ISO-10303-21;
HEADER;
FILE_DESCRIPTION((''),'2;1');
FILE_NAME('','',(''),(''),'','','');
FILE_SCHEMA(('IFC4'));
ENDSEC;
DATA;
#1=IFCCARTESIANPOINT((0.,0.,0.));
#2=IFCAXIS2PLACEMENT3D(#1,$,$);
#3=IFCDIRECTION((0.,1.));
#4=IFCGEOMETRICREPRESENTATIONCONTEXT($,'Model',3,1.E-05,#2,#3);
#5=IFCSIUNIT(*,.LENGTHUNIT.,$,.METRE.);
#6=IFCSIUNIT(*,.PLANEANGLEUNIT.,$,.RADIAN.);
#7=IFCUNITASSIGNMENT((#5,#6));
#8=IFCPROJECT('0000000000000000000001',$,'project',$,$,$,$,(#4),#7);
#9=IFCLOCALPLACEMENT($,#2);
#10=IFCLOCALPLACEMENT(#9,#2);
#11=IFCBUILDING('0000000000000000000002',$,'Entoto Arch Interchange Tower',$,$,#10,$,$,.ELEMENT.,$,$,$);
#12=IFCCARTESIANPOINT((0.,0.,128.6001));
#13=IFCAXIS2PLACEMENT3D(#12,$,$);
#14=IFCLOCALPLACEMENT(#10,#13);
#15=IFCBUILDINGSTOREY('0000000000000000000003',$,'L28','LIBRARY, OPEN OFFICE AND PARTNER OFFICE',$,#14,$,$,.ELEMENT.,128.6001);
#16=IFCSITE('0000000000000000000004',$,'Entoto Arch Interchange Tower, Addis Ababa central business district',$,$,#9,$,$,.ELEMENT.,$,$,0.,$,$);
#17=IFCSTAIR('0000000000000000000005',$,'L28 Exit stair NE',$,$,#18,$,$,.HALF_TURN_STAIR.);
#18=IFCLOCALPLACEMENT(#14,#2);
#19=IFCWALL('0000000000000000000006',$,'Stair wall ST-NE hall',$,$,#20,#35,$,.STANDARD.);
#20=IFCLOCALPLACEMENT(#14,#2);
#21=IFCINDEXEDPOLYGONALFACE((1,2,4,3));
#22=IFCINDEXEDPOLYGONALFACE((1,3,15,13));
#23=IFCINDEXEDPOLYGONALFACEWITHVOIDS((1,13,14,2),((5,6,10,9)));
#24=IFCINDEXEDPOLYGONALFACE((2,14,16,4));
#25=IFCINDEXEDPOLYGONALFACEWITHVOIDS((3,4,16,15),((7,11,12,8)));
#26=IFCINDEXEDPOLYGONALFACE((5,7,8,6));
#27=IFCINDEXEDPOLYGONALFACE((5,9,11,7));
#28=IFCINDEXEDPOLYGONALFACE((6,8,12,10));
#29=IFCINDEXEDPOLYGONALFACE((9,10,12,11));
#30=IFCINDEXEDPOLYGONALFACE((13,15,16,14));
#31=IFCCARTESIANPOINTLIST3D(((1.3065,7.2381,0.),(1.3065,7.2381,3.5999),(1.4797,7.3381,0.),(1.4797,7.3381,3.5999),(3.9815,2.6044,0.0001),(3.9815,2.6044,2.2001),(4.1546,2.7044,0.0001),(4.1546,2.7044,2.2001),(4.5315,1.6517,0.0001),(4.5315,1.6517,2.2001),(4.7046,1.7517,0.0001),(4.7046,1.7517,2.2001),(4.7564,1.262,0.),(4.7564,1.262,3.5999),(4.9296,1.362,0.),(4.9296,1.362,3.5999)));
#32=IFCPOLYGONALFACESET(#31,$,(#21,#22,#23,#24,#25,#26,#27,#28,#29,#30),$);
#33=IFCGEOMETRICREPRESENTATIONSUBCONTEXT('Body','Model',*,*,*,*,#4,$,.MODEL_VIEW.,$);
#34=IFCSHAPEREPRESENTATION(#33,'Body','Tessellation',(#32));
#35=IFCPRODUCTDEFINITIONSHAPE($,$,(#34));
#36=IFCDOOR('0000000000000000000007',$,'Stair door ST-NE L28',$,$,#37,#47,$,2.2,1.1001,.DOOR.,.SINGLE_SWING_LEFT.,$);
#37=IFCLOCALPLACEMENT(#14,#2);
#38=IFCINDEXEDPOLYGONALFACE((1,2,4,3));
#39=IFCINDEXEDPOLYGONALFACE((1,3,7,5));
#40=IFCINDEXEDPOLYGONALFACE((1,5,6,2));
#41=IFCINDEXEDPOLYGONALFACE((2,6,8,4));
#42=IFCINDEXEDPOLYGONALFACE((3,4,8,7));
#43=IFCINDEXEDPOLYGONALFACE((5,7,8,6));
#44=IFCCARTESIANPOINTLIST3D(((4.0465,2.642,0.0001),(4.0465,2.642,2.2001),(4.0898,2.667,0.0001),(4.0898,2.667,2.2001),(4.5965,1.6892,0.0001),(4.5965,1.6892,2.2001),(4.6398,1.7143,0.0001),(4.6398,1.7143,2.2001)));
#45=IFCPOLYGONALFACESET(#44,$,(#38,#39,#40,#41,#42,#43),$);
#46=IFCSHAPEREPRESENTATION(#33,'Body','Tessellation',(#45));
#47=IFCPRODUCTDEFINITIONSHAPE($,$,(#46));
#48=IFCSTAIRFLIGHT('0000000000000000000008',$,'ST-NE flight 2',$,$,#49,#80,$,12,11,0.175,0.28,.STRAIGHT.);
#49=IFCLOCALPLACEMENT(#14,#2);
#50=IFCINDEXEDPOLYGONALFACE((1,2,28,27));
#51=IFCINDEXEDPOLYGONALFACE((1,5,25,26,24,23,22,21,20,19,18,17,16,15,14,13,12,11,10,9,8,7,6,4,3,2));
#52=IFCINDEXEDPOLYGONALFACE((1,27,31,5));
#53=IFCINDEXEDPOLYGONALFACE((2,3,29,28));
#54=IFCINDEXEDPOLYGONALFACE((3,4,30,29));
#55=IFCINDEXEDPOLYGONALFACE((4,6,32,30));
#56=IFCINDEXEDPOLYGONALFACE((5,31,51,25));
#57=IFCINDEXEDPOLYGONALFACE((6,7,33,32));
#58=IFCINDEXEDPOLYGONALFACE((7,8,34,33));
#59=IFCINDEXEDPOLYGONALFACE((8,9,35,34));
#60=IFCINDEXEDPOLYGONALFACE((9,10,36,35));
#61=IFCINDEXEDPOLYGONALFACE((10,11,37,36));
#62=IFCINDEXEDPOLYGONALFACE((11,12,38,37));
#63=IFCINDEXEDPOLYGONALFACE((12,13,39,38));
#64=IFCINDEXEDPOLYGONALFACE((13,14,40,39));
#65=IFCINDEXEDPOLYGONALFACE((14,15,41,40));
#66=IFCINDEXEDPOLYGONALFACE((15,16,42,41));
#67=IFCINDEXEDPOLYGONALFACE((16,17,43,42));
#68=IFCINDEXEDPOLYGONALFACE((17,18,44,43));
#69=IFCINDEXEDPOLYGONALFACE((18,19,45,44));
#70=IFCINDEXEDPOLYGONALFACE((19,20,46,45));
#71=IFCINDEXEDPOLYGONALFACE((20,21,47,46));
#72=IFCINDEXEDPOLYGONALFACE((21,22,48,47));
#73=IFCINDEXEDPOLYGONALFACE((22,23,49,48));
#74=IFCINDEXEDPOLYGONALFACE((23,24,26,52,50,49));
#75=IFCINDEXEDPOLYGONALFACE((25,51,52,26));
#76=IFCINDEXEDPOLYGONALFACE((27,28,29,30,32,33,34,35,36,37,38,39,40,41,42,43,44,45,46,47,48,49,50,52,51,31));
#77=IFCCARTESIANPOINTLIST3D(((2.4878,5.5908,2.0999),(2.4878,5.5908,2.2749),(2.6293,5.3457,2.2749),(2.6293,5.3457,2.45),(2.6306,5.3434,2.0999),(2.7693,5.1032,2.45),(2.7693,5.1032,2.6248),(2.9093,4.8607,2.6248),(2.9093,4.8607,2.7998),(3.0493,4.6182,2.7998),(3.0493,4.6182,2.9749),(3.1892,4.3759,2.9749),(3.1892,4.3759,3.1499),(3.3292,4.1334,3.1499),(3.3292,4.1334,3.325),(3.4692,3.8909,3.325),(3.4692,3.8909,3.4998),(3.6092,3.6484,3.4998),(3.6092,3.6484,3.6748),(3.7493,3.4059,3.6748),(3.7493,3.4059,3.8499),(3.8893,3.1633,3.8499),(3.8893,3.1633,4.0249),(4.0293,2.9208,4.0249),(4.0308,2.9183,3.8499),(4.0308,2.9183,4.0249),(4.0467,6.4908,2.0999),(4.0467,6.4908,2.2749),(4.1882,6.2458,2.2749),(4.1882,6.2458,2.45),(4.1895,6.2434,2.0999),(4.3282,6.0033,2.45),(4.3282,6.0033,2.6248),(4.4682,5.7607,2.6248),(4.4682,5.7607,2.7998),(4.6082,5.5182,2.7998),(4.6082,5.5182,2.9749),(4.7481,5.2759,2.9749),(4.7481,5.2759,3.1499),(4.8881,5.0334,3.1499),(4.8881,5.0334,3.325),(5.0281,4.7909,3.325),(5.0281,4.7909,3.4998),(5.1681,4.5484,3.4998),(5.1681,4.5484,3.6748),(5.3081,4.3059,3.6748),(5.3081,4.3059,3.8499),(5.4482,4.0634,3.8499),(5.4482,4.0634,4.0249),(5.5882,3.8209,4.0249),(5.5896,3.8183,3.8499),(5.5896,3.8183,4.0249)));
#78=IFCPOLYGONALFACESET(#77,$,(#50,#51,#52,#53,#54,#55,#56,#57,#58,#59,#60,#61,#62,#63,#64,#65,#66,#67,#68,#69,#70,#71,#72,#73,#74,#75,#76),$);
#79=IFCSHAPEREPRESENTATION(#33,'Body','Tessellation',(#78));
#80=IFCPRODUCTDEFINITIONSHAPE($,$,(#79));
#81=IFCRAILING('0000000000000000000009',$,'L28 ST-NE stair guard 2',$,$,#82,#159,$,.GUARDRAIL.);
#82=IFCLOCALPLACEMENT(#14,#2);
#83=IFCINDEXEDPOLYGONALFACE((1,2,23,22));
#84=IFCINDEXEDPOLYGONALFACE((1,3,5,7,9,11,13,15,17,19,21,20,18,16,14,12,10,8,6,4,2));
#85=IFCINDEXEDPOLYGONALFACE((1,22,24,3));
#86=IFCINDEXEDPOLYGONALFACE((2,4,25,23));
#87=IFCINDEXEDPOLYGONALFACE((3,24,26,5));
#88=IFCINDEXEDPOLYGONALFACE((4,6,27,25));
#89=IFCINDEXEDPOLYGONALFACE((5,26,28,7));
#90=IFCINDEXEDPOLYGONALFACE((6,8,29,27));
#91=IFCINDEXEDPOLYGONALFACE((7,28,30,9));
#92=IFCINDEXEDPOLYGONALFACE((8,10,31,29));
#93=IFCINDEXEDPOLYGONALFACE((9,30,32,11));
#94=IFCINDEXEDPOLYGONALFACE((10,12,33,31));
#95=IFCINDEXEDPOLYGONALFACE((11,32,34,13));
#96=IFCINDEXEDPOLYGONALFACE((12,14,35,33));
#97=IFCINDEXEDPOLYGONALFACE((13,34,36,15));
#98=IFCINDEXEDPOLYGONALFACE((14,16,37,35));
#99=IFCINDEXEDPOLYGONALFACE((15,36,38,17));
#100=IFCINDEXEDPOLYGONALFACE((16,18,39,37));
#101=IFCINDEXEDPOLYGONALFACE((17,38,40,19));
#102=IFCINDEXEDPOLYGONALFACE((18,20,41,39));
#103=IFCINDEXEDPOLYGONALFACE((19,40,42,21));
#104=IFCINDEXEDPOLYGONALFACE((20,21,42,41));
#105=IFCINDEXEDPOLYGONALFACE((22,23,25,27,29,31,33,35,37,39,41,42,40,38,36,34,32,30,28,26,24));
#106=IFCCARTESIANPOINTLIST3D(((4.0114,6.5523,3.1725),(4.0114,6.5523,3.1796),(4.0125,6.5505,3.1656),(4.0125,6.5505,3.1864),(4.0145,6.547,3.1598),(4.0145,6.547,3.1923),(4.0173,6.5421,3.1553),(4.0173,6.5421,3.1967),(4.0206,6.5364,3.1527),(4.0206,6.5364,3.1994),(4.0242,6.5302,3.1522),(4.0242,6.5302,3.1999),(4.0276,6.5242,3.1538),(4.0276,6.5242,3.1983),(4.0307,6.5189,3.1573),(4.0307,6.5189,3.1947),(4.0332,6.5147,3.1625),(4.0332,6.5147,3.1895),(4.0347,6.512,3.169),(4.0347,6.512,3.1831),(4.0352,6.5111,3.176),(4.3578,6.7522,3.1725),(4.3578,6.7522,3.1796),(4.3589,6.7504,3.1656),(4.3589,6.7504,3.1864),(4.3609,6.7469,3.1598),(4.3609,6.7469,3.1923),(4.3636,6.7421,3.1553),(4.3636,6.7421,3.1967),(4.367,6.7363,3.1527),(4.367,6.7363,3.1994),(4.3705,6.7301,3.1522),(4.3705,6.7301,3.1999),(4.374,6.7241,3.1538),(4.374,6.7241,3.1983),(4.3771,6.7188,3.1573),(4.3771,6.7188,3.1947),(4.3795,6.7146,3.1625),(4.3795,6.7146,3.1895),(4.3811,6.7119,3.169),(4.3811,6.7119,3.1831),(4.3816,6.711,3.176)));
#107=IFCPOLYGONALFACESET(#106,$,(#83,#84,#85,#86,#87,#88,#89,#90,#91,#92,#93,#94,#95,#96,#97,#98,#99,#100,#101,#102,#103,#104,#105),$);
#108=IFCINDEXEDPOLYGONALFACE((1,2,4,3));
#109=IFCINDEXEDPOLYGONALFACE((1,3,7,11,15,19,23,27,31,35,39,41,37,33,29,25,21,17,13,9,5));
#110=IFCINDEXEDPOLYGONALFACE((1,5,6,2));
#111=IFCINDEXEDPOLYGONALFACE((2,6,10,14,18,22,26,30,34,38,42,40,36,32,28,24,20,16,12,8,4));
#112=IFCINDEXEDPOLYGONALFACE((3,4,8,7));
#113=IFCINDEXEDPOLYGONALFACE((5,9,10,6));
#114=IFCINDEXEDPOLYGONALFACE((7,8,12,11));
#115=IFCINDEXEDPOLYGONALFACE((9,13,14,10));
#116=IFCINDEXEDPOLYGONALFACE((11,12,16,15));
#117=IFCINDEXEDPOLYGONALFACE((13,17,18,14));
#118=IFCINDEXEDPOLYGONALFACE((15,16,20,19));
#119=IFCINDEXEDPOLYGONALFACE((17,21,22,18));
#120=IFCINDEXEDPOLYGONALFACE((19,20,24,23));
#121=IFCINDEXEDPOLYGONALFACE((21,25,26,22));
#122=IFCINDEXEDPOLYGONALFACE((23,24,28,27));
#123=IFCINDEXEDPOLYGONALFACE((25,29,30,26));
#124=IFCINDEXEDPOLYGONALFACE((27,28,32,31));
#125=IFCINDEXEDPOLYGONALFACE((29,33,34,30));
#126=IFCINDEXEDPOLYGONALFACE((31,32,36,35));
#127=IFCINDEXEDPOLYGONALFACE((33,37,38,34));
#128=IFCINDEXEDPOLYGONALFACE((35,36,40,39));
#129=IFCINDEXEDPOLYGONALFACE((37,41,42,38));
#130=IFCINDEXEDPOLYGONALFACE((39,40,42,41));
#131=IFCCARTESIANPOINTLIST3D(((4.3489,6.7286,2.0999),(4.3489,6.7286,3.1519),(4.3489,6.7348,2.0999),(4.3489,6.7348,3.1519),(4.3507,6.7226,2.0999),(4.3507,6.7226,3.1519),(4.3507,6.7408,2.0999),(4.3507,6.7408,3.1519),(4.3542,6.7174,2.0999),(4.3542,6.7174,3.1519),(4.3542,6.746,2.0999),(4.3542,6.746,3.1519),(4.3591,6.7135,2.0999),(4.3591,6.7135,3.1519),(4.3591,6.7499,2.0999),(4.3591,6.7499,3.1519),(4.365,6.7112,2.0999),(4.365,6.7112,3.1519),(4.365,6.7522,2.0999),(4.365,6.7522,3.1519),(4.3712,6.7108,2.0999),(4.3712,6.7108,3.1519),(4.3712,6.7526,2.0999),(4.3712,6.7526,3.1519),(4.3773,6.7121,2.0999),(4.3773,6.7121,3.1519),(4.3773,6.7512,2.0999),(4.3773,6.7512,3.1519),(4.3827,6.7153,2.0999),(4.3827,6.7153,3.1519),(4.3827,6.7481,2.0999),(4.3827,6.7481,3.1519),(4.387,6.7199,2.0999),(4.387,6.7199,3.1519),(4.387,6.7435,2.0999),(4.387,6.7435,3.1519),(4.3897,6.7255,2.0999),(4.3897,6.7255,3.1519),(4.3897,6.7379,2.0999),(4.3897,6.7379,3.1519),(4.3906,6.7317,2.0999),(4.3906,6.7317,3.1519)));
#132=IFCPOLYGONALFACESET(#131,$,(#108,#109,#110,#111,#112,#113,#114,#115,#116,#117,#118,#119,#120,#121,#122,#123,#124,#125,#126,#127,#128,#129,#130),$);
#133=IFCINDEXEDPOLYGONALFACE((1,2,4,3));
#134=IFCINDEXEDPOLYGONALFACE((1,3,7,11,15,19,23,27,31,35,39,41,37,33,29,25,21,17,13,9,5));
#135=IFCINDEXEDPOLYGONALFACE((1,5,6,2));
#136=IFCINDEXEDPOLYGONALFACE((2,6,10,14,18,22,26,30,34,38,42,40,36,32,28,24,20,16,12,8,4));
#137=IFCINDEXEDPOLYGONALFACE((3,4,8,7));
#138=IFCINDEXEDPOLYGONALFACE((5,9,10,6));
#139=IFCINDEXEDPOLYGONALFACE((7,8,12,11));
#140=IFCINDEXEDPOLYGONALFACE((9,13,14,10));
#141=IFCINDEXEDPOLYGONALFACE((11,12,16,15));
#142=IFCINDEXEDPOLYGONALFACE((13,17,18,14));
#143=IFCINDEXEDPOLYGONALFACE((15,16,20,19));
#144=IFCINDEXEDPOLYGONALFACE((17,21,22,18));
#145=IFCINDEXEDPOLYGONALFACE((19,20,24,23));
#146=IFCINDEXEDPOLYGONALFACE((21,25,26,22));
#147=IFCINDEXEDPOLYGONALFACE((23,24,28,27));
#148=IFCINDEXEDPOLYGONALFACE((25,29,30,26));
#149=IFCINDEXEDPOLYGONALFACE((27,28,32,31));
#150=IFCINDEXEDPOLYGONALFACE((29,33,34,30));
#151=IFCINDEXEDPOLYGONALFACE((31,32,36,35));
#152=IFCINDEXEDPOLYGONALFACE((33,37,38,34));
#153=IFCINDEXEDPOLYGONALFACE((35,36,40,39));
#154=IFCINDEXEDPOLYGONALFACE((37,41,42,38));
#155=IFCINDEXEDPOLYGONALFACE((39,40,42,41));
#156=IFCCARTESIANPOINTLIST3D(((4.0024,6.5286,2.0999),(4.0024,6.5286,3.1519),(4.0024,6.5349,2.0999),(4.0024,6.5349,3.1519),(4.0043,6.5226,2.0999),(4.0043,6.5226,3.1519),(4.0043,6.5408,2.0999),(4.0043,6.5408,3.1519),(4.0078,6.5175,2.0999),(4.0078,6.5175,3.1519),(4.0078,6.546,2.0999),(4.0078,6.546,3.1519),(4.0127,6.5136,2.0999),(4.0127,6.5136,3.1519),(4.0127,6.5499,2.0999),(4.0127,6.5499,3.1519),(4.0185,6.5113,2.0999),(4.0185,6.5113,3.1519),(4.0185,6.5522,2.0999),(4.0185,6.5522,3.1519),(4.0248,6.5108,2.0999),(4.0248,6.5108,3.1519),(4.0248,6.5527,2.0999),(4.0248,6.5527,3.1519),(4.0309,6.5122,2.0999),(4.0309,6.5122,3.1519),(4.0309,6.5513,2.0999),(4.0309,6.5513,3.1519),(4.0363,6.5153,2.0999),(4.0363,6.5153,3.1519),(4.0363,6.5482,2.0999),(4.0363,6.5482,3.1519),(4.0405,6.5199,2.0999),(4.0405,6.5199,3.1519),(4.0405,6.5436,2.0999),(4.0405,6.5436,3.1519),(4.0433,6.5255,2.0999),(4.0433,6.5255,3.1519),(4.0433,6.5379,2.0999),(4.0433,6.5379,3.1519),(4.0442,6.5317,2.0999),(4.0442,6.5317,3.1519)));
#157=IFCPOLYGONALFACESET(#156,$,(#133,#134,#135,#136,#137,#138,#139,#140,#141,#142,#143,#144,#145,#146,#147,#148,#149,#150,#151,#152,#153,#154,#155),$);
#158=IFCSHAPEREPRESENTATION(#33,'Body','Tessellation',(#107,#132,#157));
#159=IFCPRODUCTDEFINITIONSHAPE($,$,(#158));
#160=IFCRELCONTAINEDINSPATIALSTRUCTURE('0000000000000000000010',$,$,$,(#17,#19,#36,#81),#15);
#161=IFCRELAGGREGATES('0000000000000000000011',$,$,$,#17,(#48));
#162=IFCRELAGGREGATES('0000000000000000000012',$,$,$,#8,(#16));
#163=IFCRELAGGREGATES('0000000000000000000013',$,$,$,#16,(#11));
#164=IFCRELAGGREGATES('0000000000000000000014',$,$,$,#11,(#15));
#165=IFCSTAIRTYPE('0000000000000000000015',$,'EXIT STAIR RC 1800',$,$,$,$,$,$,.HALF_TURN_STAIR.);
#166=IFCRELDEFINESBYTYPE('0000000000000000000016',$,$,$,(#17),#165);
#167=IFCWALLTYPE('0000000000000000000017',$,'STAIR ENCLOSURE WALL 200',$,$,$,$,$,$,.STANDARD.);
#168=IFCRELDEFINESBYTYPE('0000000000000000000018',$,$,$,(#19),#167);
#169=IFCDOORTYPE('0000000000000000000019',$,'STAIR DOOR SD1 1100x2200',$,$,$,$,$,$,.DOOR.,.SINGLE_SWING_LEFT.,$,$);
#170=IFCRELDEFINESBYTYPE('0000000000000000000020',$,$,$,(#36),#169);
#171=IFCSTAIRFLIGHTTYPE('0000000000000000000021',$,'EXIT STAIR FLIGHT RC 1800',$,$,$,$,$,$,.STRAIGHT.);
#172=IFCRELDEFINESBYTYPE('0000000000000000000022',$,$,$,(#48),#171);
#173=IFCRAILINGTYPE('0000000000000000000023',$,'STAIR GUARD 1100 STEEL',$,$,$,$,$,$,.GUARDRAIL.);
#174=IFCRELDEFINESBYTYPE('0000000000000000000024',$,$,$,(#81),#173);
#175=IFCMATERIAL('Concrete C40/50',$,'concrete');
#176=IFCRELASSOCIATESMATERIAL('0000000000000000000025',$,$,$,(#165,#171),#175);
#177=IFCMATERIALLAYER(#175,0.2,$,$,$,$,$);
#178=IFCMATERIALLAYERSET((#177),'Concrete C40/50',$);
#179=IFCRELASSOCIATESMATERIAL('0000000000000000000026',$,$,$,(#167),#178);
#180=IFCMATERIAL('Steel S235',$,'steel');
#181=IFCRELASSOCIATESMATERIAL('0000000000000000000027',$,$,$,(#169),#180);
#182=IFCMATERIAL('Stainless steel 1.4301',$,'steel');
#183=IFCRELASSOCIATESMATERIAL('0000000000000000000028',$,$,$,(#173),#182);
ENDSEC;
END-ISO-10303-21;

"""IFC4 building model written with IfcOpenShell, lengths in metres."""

from ifc_helpers import new_model, si_unit, direction, frame, frame_2d, origin, origin_2d, place, context, subcontext, project, spatial, polyline, rectangle, circle, outline, extrude, material, layer, layer_set, type_object, element, fill, aggregate, save


model = new_model("IFC4")

# Units and contexts
model_context = context("Model", 3, precision=1e-05, world=origin(), true_north=direction((0.0, 1.0)))
body_context = subcontext(model_context, "Body", "Model", "MODEL_VIEW")
ifc_project = project(units=[si_unit("LENGTHUNIT", "METRE"), si_unit("PLANEANGLEUNIT", "RADIAN")], contexts=[model_context])

# Site, building, storey
site_placement = place(None, origin())
site = spatial("IfcSite", under=ifc_project, at=site_placement, Name="Entoto Arch Interchange Tower, Addis Ababa central business district", CompositionType="ELEMENT", RefElevation=0.0)
building_placement = place(site_placement, origin())
building = spatial("IfcBuilding", under=site, at=building_placement, Name="Entoto Arch Interchange Tower", CompositionType="ELEMENT")
storey_placement = place(building_placement, frame((0.0, 0.0, 128.6001)))
storey = spatial("IfcBuildingStorey", under=building, at=storey_placement, Name="L28", Description="LIBRARY, OPEN OFFICE AND PARTNER OFFICE", CompositionType="ELEMENT", Elevation=128.6001)

# Shared definitions
ifc_material_1 = material(Name="Concrete C40/50", Category="concrete")

# Stair
stair_type = type_object("IfcStairType", Name="EXIT STAIR RC 1800", PredefinedType="HALF_TURN_STAIR", material=ifc_material_1)
stair_1_placement = place(storey_placement, origin())
stair_1 = element("IfcStair", 1, at=stair_1_placement, inside=storey, type_object=stair_type, Name="L28 Exit stair NE", PredefinedType="HALF_TURN_STAIR")

# Shared definitions
ifc_layer_1 = layer(ifc_material_1, 0.2)
ifc_layer_set_1 = layer_set([ifc_layer_1], Name="Concrete C40/50")
wall_type_1 = type_object("IfcWallType", Name="STAIR ENCLOSURE WALL 200", PredefinedType="STANDARD", material=ifc_layer_set_1)
ifc_material_2 = material(Name="Steel S235", Category="steel")
door_type = type_object("IfcDoorType", Name="STAIR DOOR SD1 1100x2200", OperationType="SINGLE_SWING_LEFT", PredefinedType="DOOR", material=ifc_material_2)

# Wall, opening, door
wall_1_placement = place(storey_placement, frame((4.843, 1.312, 0.0), z_axis=(0.0, 0.0, 1.0), x_axis=(-0.499963, 0.866047, 0.0)))
wall_1 = element("IfcWall", 2, at=wall_1_placement, inside=storey, type_object=wall_type_1, Name="Stair wall ST-NE hall", PredefinedType="STANDARD", context=body_context, shape_type="SweptSolid", body=[
    extrude(rectangle(XDim=6.9004, YDim=0.2, at=frame_2d((3.4502, 0.0))), origin(), (0.0, 0.0, 1.0), 3.5999),
])
opening_1_placement = place(wall_1_placement, frame((0.45, 0.0, 0.0)))
opening_1 = element("IfcOpeningElement", 3, at=opening_1_placement, cuts=wall_1, PredefinedType="OPENING", context=body_context, shape_type="SweptSolid", body=[
    extrude(rectangle(XDim=1.1001, YDim=2.2, at=frame_2d((0.55, 1.1001))), frame((0.0, 0.1099, 0.0), z_axis=(0.0, -1.0, 0.0), x_axis=(1.0, 0.0, 0.0)), (0.0, 0.0, 1.0), 0.22),
])
door_1_placement = place(opening_1_placement, origin())
door_1 = element("IfcDoor", 4, at=door_1_placement, inside=storey, type_object=door_type, Name="Stair door ST-NE L28", OperationType="SINGLE_SWING_LEFT", OverallHeight=2.2, OverallWidth=1.1001, PredefinedType="DOOR", context=body_context, shape_type="SweptSolid", body=[
    extrude(rectangle(XDim=1.1001, YDim=2.2, at=frame_2d((0.55, 1.1001))), frame((0.0, 0.0249, 0.0), z_axis=(0.0, -1.0, 0.0), x_axis=(1.0, 0.0, 0.0)), (0.0, 0.0, 1.0), 0.05),
])
fill(opening_1, door_1)

# Stair flight
stair_flight_type = type_object("IfcStairFlightType", Name="EXIT STAIR FLIGHT RC 1800", PredefinedType="STRAIGHT", material=ifc_material_1)
stair_flight_placement = place(storey_placement, frame((3.2688, 6.0383, 2.0999), z_axis=(0.0, 0.0, 1.0), x_axis=(0.5, -0.866025, 0.0)))
stair_flight = element("IfcStairFlight", 5, at=stair_flight_placement, type_object=stair_flight_type, Name="ST-NE flight 2", NumberOfRisers=12, NumberOfTreads=11, PredefinedType="STRAIGHT", RiserHeight=0.175, TreadLength=0.28, context=body_context, shape_type="SweptSolid", body=[
    extrude(outline(polyline([(-0.0029, 0.0), (-0.0029, 0.175), (0.28, 0.175), (0.28, 0.3501), (0.5601, 0.3501), (0.5601, 0.5249), (0.8401, 0.5249), (0.8401, 0.7), (1.1201, 0.7), (1.1201, 0.875), (1.3999, 0.875), (1.3999, 1.05), (1.6799, 1.05), (1.6799, 1.2251), (1.96, 1.2251), (1.96, 1.3999), (2.24, 1.3999), (2.24, 1.575), (2.52, 1.575), (2.52, 1.75), (2.8, 1.75), (2.8, 1.925), (3.0801, 1.925), (3.083, 1.925), (3.083, 1.75), (0.2827, 0.0), (-0.0029, 0.0)])), frame((0.0, 0.8999, 0.0), z_axis=(0.0, -1.0, 0.0), x_axis=(1.0, 0.0, 0.0)), (0.0, 0.0, 1.0), 1.8),
])
aggregate(stair_1, [stair_flight])

# Railing
ifc_material_3 = material(Name="Stainless steel 1.4301", Category="steel")
railing_type_1 = type_object("IfcRailingType", Name="STAIR GUARD 1100 STEEL", PredefinedType="GUARDRAIL", material=ifc_material_3)
railing_1_placement = place(storey_placement, frame((4.3696, 6.7317, 2.0999)))
element("IfcRailing", 6, at=railing_1_placement, inside=storey, type_object=railing_type_1, Name="L28 ST-NE stair guard 2", PredefinedType="GUARDRAIL", context=body_context, shape_type="SweptSolid", body=[
    extrude(circle(Radius=0.0239, at=origin_2d()), frame((0.0, 0.0, 1.0762), z_axis=(-0.866094, -0.499881, 0.0), x_axis=(0.499881, -0.866094, 0.0)), (0.0, 0.0, 1.0), 0.3999),
    extrude(circle(Radius=0.021, at=origin_2d()), origin(), (0.0, 0.0, 1.0), 1.052),
    extrude(circle(Radius=0.021, at=origin_2d()), frame((-0.3464, -0.2, 0.0)), (0.0, 0.0, 1.0), 1.052),
])

save(model, "model.ifc")
